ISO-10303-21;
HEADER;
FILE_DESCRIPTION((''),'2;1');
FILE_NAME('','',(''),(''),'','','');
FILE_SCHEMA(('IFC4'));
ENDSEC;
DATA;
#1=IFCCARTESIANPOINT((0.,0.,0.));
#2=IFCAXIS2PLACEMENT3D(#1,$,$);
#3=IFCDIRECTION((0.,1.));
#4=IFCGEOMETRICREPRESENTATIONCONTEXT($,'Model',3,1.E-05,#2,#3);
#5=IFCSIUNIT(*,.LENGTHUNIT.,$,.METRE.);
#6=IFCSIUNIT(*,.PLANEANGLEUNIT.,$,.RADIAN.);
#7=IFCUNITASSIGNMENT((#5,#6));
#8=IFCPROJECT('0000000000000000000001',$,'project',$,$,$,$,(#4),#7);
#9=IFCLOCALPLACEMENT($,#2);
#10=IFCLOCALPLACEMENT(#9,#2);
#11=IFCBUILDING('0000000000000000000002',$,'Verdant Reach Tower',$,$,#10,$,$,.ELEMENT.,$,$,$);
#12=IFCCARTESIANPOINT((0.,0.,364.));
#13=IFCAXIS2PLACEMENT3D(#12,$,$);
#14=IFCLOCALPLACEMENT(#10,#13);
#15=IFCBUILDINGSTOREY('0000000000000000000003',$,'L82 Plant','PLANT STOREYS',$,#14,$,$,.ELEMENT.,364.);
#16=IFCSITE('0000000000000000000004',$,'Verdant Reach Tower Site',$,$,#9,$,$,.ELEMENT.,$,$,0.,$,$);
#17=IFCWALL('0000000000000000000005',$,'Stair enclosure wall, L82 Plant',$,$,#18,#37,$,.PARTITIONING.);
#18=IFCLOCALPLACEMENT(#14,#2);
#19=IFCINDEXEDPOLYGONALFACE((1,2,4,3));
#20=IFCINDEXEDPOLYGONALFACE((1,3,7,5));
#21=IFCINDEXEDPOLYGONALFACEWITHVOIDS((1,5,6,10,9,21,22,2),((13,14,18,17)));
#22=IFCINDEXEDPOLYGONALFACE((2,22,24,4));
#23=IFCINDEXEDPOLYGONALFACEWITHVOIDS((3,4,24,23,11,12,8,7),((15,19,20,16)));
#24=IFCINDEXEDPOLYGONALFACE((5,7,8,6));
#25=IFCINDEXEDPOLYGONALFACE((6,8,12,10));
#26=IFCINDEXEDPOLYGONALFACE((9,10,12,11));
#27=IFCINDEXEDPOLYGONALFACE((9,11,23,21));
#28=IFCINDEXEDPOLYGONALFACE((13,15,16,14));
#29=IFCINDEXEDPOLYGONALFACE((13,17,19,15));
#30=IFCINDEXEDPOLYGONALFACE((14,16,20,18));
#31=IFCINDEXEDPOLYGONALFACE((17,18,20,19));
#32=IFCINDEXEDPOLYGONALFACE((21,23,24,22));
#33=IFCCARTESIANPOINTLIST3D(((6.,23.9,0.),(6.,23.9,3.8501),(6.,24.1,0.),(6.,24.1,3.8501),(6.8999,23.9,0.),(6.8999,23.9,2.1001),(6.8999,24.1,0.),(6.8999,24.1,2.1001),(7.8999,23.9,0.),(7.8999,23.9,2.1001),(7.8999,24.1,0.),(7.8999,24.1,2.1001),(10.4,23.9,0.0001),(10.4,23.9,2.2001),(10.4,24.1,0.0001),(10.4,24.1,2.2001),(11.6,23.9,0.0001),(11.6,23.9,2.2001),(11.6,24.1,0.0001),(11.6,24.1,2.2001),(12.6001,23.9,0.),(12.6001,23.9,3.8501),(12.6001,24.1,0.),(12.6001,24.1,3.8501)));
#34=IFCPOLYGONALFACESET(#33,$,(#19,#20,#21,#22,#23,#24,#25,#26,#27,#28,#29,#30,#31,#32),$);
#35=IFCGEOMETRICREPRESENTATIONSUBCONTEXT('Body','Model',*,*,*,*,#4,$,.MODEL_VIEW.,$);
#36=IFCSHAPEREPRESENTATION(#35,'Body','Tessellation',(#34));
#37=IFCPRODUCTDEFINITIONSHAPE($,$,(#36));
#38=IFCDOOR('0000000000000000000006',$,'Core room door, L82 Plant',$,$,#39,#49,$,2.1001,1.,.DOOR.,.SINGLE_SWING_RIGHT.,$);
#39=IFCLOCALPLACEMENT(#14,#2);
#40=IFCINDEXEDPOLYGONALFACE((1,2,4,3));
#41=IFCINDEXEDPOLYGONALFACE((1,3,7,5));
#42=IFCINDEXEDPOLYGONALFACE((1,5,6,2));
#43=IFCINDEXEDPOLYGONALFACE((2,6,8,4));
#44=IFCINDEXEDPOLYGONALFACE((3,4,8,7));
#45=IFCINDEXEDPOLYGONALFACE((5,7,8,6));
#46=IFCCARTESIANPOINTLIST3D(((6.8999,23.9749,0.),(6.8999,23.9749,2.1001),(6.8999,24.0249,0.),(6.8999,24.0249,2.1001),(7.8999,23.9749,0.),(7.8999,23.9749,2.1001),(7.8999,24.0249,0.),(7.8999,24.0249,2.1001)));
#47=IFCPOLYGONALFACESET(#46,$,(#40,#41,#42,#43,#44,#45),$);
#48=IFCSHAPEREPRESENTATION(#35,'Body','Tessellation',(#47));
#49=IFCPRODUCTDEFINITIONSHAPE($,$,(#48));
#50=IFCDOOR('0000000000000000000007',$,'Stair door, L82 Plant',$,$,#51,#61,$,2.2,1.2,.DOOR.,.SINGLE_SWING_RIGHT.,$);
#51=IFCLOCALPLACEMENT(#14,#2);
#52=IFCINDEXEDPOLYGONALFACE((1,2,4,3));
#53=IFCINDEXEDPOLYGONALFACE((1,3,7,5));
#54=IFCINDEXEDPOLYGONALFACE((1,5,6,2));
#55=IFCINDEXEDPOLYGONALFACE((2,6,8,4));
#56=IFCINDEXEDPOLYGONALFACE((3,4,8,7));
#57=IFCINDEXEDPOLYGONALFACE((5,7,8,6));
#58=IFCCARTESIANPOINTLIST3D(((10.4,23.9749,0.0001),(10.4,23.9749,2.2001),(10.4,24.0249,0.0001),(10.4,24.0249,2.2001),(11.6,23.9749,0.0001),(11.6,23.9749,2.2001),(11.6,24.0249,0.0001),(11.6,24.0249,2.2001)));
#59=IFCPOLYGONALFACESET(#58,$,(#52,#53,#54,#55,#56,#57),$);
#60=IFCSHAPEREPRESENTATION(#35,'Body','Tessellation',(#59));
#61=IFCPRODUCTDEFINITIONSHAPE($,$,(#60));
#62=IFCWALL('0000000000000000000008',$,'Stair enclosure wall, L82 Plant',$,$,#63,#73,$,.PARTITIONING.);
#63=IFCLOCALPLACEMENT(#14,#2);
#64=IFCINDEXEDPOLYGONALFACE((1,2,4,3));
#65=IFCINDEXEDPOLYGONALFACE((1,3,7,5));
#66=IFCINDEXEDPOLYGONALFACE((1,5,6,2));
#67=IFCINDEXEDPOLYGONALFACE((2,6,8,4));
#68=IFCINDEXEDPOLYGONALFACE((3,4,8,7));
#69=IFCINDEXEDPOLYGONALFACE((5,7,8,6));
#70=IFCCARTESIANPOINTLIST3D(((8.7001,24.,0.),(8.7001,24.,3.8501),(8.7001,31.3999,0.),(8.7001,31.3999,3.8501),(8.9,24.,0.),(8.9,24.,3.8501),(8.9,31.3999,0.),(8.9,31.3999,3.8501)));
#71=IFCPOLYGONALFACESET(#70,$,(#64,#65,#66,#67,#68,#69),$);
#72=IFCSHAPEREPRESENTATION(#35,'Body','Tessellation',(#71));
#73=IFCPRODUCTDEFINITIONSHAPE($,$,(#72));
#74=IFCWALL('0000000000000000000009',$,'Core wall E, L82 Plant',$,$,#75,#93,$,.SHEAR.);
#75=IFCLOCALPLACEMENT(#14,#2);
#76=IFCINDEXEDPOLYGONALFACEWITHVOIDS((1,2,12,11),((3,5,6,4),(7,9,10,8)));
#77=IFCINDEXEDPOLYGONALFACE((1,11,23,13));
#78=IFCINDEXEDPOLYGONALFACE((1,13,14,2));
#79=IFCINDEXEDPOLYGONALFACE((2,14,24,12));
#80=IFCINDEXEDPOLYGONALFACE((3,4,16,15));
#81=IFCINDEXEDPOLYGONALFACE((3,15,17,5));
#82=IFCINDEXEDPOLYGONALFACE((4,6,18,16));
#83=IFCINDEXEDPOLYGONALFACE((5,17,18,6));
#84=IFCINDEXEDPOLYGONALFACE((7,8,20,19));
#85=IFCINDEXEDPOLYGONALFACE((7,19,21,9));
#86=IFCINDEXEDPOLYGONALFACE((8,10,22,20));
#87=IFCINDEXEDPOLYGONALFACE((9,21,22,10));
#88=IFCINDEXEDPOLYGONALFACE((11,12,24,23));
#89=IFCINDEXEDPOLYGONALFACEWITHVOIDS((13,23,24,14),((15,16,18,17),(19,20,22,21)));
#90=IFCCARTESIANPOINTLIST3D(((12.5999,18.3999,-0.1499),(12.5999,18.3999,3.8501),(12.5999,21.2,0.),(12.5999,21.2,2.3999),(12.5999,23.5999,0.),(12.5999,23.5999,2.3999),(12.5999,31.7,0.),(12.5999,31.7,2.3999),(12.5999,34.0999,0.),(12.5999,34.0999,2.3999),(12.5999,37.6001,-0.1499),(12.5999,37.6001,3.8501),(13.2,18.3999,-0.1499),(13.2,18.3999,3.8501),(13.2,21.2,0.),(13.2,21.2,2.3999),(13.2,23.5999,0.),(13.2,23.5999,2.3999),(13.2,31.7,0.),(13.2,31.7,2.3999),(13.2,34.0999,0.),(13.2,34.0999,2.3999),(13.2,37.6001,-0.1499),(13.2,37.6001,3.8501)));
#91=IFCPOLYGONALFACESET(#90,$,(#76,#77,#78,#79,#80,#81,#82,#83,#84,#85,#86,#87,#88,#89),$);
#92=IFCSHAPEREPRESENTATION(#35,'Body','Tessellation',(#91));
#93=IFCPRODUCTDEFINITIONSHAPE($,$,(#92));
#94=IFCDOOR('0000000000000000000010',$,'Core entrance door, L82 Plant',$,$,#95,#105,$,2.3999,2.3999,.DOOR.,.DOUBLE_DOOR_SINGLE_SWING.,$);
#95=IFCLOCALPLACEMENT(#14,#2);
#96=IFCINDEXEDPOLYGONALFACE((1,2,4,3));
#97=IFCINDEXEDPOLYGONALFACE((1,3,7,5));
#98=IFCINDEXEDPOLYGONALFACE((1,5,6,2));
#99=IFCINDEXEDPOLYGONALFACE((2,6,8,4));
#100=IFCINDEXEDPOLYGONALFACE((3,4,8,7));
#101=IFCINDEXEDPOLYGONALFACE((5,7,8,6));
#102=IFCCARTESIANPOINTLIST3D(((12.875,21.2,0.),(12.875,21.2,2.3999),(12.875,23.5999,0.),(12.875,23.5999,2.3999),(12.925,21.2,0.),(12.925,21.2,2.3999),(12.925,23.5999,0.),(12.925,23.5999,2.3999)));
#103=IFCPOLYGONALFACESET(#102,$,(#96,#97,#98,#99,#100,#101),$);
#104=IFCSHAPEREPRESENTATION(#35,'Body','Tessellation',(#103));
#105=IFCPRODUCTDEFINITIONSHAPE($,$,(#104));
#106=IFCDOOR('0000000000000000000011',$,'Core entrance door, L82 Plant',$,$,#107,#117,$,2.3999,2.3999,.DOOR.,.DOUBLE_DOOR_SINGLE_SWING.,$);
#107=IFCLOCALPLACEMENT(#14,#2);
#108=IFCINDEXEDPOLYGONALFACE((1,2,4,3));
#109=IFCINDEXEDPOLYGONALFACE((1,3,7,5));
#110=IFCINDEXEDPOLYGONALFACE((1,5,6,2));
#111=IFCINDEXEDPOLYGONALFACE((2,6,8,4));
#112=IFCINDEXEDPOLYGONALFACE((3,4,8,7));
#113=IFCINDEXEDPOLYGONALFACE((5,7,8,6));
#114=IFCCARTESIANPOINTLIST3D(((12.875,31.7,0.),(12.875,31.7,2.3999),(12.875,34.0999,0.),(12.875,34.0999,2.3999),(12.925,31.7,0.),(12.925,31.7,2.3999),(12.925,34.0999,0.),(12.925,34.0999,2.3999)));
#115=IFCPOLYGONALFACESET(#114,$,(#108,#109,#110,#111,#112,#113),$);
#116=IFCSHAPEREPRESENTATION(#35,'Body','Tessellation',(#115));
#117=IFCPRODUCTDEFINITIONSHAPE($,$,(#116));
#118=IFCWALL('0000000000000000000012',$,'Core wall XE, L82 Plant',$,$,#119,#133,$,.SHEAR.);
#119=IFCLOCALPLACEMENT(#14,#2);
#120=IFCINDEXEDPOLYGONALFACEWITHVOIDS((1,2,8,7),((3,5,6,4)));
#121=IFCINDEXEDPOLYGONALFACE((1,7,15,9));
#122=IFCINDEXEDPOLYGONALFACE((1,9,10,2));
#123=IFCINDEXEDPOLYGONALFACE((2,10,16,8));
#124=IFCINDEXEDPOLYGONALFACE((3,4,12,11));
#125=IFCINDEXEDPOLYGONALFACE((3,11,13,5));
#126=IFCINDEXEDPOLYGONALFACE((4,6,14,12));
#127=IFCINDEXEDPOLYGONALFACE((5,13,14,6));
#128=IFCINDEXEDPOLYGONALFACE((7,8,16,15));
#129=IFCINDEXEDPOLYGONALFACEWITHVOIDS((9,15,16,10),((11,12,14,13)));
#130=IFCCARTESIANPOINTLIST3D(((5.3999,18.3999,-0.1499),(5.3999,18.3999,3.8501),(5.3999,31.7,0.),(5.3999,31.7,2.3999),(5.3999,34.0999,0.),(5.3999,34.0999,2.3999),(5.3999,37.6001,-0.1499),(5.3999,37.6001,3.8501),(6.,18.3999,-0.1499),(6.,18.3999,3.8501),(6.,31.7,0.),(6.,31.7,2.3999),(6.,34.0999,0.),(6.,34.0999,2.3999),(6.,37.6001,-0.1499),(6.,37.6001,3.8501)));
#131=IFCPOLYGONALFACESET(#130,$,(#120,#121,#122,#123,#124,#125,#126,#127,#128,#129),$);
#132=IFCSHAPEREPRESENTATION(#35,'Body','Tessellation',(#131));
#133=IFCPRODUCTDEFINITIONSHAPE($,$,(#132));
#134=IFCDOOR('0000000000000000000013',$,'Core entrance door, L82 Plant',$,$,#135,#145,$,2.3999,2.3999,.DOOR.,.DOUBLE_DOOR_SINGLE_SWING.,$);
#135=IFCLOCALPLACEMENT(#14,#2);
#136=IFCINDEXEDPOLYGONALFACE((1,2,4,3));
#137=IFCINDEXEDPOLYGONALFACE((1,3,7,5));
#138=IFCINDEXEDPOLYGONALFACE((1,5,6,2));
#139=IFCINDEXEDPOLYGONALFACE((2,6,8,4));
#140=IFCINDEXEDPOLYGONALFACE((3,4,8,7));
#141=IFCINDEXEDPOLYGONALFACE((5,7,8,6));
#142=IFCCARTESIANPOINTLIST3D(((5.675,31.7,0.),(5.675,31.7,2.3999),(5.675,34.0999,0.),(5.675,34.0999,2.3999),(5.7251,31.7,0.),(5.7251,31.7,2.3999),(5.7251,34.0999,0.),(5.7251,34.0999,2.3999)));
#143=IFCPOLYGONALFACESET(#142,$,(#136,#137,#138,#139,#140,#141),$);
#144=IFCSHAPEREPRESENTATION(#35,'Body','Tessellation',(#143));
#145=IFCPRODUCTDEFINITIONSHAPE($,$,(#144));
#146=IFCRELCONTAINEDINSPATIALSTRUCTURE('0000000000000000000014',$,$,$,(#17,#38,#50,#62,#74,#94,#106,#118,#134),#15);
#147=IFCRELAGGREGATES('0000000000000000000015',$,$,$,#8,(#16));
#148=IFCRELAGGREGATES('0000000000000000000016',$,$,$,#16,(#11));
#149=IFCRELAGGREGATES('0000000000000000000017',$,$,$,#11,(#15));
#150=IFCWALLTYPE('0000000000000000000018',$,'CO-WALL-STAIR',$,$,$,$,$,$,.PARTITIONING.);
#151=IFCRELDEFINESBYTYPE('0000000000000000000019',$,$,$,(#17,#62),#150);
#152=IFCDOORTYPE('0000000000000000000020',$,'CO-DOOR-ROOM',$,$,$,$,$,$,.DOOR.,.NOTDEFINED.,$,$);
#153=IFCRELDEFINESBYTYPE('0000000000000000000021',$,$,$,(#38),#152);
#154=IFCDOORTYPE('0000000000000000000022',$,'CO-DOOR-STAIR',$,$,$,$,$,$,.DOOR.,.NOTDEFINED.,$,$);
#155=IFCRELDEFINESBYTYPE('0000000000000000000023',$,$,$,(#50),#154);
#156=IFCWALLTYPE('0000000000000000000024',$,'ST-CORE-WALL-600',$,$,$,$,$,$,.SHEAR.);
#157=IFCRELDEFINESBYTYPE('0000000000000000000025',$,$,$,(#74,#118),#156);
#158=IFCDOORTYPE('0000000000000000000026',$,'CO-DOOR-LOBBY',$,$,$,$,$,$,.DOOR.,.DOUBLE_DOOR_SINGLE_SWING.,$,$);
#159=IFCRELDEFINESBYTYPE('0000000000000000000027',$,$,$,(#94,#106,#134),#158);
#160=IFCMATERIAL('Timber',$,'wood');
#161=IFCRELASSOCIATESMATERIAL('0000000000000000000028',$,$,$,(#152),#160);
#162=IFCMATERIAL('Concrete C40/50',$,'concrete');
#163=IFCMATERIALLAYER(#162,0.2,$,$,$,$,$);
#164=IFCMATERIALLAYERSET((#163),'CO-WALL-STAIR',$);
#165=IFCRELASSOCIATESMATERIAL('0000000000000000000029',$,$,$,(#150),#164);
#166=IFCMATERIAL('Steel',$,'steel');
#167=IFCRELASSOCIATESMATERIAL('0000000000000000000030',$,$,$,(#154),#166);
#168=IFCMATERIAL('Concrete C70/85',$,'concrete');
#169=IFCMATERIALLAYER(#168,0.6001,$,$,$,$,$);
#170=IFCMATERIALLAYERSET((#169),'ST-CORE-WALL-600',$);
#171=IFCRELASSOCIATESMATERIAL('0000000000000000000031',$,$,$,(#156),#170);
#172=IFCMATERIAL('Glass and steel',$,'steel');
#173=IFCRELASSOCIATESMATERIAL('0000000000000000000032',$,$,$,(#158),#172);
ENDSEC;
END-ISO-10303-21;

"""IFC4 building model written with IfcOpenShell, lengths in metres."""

from ifc_helpers import new_model, si_unit, direction, frame, frame_2d, origin, place, context, subcontext, project, spatial, rectangle, extrude, material, layer, layer_set, type_object, element, fill, save


model = new_model("IFC4")

# Units and contexts
model_context = context("Model", 3, precision=1e-05, world=origin(), true_north=direction((0.0, 1.0)))
body_context = subcontext(model_context, "Body", "Model", "MODEL_VIEW")
ifc_project = project(units=[si_unit("LENGTHUNIT", "METRE"), si_unit("PLANEANGLEUNIT", "RADIAN")], contexts=[model_context])

# Site, building, storey
site_placement = place(None, origin())
site = spatial("IfcSite", under=ifc_project, at=site_placement, Name="Verdant Reach Tower Site", CompositionType="ELEMENT", RefElevation=0.0)
building_placement = place(site_placement, origin())
building = spatial("IfcBuilding", under=site, at=building_placement, Name="Verdant Reach Tower", CompositionType="ELEMENT")
storey_placement = place(building_placement, frame((0.0, 0.0, 364.0)))
storey = spatial("IfcBuildingStorey", under=building, at=storey_placement, Name="L82 Plant", Description="PLANT STOREYS", CompositionType="ELEMENT", Elevation=364.0)

# Shared definitions
ifc_material_1 = material(Name="Timber", Category="wood")
door_type_1 = type_object("IfcDoorType", Name="CO-DOOR-ROOM", OperationType="NOTDEFINED", PredefinedType="DOOR", material=ifc_material_1)

# Wall, openings, doors
ifc_material_2 = material(Name="Concrete C40/50", Category="concrete")
ifc_layer_1 = layer(ifc_material_2, 0.2)
ifc_layer_set_1 = layer_set([ifc_layer_1], Name="CO-WALL-STAIR")
wall_type_1 = type_object("IfcWallType", Name="CO-WALL-STAIR", PredefinedType="PARTITIONING", material=ifc_layer_set_1)
wall_1_placement = place(storey_placement, frame((6.0, 24.0, 0.0), z_axis=(0.0, 0.0, 1.0), x_axis=(1.0, 0.0, 0.0)))
wall_1 = element("IfcWall", 1, at=wall_1_placement, inside=storey, type_object=wall_type_1, Name="Stair enclosure wall, L82 Plant", PredefinedType="PARTITIONING", context=body_context, shape_type="SweptSolid", body=[
    extrude(rectangle(XDim=6.6001, YDim=0.2, at=frame_2d((3.3, 0.0))), origin(), (0.0, 0.0, 1.0), 3.8501),
])
opening_1_placement = place(wall_1_placement, frame((0.8999, 0.0, 0.0)))
opening_1 = element("IfcOpeningElement", 2, at=opening_1_placement, cuts=wall_1, PredefinedType="OPENING", context=body_context, shape_type="SweptSolid", body=[
    extrude(rectangle(XDim=1.0, YDim=2.1001, at=frame_2d((0.5, 1.05))), frame((0.0, 0.1099, 0.0), z_axis=(0.0, -1.0, 0.0), x_axis=(1.0, 0.0, 0.0)), (0.0, 0.0, 1.0), 0.22),
])
opening_2_placement = place(wall_1_placement, frame((4.3999, 0.0, 0.0)))
opening_2 = element("IfcOpeningElement", 3, at=opening_2_placement, cuts=wall_1, PredefinedType="OPENING", context=body_context, shape_type="SweptSolid", body=[
    extrude(rectangle(XDim=1.2, YDim=2.2, at=frame_2d((0.6001, 1.1001))), frame((0.0, 0.1099, 0.0), z_axis=(0.0, -1.0, 0.0), x_axis=(1.0, 0.0, 0.0)), (0.0, 0.0, 1.0), 0.22),
])
door_1_placement = place(opening_1_placement, origin())
door_1 = element("IfcDoor", 4, at=door_1_placement, inside=storey, type_object=door_type_1, Name="Core room door, L82 Plant", OperationType="SINGLE_SWING_RIGHT", OverallHeight=2.1001, OverallWidth=1.0, PredefinedType="DOOR", context=body_context, shape_type="SweptSolid", body=[
    extrude(rectangle(XDim=1.0, YDim=2.1001, at=frame_2d((0.5, 1.05))), frame((0.0, 0.0249, 0.0), z_axis=(0.0, -1.0, 0.0), x_axis=(1.0, 0.0, 0.0)), (0.0, 0.0, 1.0), 0.05),
])
fill(opening_1, door_1)
ifc_material_3 = material(Name="Steel", Category="steel")
door_type_2 = type_object("IfcDoorType", Name="CO-DOOR-STAIR", OperationType="NOTDEFINED", PredefinedType="DOOR", material=ifc_material_3)
door_2_placement = place(opening_2_placement, origin())
door_2 = element("IfcDoor", 5, at=door_2_placement, inside=storey, type_object=door_type_2, Name="Stair door, L82 Plant", OperationType="SINGLE_SWING_RIGHT", OverallHeight=2.2, OverallWidth=1.2, PredefinedType="DOOR", context=body_context, shape_type="SweptSolid", body=[
    extrude(rectangle(XDim=1.2, YDim=2.2, at=frame_2d((0.6001, 1.1001))), frame((0.0, 0.0249, 0.0), z_axis=(0.0, -1.0, 0.0), x_axis=(1.0, 0.0, 0.0)), (0.0, 0.0, 1.0), 0.05),
])
fill(opening_2, door_2)

# Wall
wall_2_placement = place(storey_placement, frame((8.8, 24.0, 0.0), z_axis=(0.0, 0.0, 1.0), x_axis=(0.0, 1.0, 0.0)))
element("IfcWall", 6, at=wall_2_placement, inside=storey, type_object=wall_type_1, Name="Stair enclosure wall, L82 Plant", PredefinedType="PARTITIONING", context=body_context, shape_type="SweptSolid", body=[
    extrude(rectangle(XDim=7.3999, YDim=0.2, at=frame_2d((3.7, 0.0))), origin(), (0.0, 0.0, 1.0), 3.8501),
])

# Wall, openings, doors
ifc_material_4 = material(Name="Concrete C70/85", Category="concrete")
ifc_layer_2 = layer(ifc_material_4, 0.6001)
ifc_layer_set_2 = layer_set([ifc_layer_2], Name="ST-CORE-WALL-600")
wall_type_2 = type_object("IfcWallType", Name="ST-CORE-WALL-600", PredefinedType="SHEAR", material=ifc_layer_set_2)
wall_3_placement = place(storey_placement, frame((12.8999, 18.3999, -0.1499), z_axis=(0.0, 0.0, 1.0), x_axis=(0.0, 1.0, 0.0)))
wall_3 = element("IfcWall", 7, at=wall_3_placement, inside=storey, type_object=wall_type_2, Name="Core wall E, L82 Plant", PredefinedType="SHEAR", context=body_context, shape_type="SweptSolid", body=[
    extrude(rectangle(XDim=19.2002, YDim=0.6001, at=frame_2d((9.6001, 0.0))), origin(), (0.0, 0.0, 1.0), 4.0),
])
opening_3_placement = place(wall_3_placement, frame((2.8, 0.0, 0.1499)))
opening_3 = element("IfcOpeningElement", 8, at=opening_3_placement, cuts=wall_3, PredefinedType="OPENING", context=body_context, shape_type="SweptSolid", body=[
    extrude(rectangle(XDim=2.3999, YDim=2.3999, at=frame_2d((1.2, 1.2))), frame((0.0, 0.3101, 0.0), z_axis=(0.0, -1.0, 0.0), x_axis=(1.0, 0.0, 0.0)), (0.0, 0.0, 1.0), 0.6201),
])
opening_4_placement = place(wall_3_placement, frame((13.3, 0.0, 0.1499)))
opening_4 = element("IfcOpeningElement", 9, at=opening_4_placement, cuts=wall_3, PredefinedType="OPENING", context=body_context, shape_type="SweptSolid", body=[
    extrude(rectangle(XDim=2.3999, YDim=2.3999, at=frame_2d((1.2, 1.2))), frame((0.0, 0.3101, 0.0), z_axis=(0.0, -1.0, 0.0), x_axis=(1.0, 0.0, 0.0)), (0.0, 0.0, 1.0), 0.6201),
])
ifc_material_5 = material(Name="Glass and steel", Category="steel")
door_type_3 = type_object("IfcDoorType", Name="CO-DOOR-LOBBY", OperationType="DOUBLE_DOOR_SINGLE_SWING", PredefinedType="DOOR", material=ifc_material_5)
door_3_placement = place(opening_3_placement, origin())
door_3 = element("IfcDoor", 10, at=door_3_placement, inside=storey, type_object=door_type_3, Name="Core entrance door, L82 Plant", OperationType="DOUBLE_DOOR_SINGLE_SWING", OverallHeight=2.3999, OverallWidth=2.3999, PredefinedType="DOOR", context=body_context, shape_type="SweptSolid", body=[
    extrude(rectangle(XDim=2.3999, YDim=2.3999, at=frame_2d((1.2, 1.2))), frame((0.0, 0.0249, 0.0), z_axis=(0.0, -1.0, 0.0), x_axis=(1.0, 0.0, 0.0)), (0.0, 0.0, 1.0), 0.05),
])
fill(opening_3, door_3)
door_4_placement = place(opening_4_placement, origin())
door_4 = element("IfcDoor", 11, at=door_4_placement, inside=storey, type_object=door_type_3, Name="Core entrance door, L82 Plant", OperationType="DOUBLE_DOOR_SINGLE_SWING", OverallHeight=2.3999, OverallWidth=2.3999, PredefinedType="DOOR", context=body_context, shape_type="SweptSolid", body=[
    extrude(rectangle(XDim=2.3999, YDim=2.3999, at=frame_2d((1.2, 1.2))), frame((0.0, 0.0249, 0.0), z_axis=(0.0, -1.0, 0.0), x_axis=(1.0, 0.0, 0.0)), (0.0, 0.0, 1.0), 0.05),
])
fill(opening_4, door_4)

# Wall, opening, door
wall_4_placement = place(storey_placement, frame((5.7, 18.3999, -0.1499), z_axis=(0.0, 0.0, 1.0), x_axis=(0.0, 1.0, 0.0)))
wall_4 = element("IfcWall", 12, at=wall_4_placement, inside=storey, type_object=wall_type_2, Name="Core wall XE, L82 Plant", PredefinedType="SHEAR", context=body_context, shape_type="SweptSolid", body=[
    extrude(rectangle(XDim=19.2002, YDim=0.6001, at=frame_2d((9.6001, 0.0))), origin(), (0.0, 0.0, 1.0), 4.0),
])
opening_5_placement = place(wall_4_placement, frame((13.3, 0.0, 0.1499)))
opening_5 = element("IfcOpeningElement", 13, at=opening_5_placement, cuts=wall_4, PredefinedType="OPENING", context=body_context, shape_type="SweptSolid", body=[
    extrude(rectangle(XDim=2.3999, YDim=2.3999, at=frame_2d((1.2, 1.2))), frame((0.0, 0.3101, 0.0), z_axis=(0.0, -1.0, 0.0), x_axis=(1.0, 0.0, 0.0)), (0.0, 0.0, 1.0), 0.6201),
])
door_5_placement = place(opening_5_placement, origin())
door_5 = element("IfcDoor", 14, at=door_5_placement, inside=storey, type_object=door_type_3, Name="Core entrance door, L82 Plant", OperationType="DOUBLE_DOOR_SINGLE_SWING", OverallHeight=2.3999, OverallWidth=2.3999, PredefinedType="DOOR", context=body_context, shape_type="SweptSolid", body=[
    extrude(rectangle(XDim=2.3999, YDim=2.3999, at=frame_2d((1.2, 1.2))), frame((0.0, 0.0249, 0.0), z_axis=(0.0, -1.0, 0.0), x_axis=(1.0, 0.0, 0.0)), (0.0, 0.0, 1.0), 0.05),
])
fill(opening_5, door_5)

save(model, "model.ifc")
